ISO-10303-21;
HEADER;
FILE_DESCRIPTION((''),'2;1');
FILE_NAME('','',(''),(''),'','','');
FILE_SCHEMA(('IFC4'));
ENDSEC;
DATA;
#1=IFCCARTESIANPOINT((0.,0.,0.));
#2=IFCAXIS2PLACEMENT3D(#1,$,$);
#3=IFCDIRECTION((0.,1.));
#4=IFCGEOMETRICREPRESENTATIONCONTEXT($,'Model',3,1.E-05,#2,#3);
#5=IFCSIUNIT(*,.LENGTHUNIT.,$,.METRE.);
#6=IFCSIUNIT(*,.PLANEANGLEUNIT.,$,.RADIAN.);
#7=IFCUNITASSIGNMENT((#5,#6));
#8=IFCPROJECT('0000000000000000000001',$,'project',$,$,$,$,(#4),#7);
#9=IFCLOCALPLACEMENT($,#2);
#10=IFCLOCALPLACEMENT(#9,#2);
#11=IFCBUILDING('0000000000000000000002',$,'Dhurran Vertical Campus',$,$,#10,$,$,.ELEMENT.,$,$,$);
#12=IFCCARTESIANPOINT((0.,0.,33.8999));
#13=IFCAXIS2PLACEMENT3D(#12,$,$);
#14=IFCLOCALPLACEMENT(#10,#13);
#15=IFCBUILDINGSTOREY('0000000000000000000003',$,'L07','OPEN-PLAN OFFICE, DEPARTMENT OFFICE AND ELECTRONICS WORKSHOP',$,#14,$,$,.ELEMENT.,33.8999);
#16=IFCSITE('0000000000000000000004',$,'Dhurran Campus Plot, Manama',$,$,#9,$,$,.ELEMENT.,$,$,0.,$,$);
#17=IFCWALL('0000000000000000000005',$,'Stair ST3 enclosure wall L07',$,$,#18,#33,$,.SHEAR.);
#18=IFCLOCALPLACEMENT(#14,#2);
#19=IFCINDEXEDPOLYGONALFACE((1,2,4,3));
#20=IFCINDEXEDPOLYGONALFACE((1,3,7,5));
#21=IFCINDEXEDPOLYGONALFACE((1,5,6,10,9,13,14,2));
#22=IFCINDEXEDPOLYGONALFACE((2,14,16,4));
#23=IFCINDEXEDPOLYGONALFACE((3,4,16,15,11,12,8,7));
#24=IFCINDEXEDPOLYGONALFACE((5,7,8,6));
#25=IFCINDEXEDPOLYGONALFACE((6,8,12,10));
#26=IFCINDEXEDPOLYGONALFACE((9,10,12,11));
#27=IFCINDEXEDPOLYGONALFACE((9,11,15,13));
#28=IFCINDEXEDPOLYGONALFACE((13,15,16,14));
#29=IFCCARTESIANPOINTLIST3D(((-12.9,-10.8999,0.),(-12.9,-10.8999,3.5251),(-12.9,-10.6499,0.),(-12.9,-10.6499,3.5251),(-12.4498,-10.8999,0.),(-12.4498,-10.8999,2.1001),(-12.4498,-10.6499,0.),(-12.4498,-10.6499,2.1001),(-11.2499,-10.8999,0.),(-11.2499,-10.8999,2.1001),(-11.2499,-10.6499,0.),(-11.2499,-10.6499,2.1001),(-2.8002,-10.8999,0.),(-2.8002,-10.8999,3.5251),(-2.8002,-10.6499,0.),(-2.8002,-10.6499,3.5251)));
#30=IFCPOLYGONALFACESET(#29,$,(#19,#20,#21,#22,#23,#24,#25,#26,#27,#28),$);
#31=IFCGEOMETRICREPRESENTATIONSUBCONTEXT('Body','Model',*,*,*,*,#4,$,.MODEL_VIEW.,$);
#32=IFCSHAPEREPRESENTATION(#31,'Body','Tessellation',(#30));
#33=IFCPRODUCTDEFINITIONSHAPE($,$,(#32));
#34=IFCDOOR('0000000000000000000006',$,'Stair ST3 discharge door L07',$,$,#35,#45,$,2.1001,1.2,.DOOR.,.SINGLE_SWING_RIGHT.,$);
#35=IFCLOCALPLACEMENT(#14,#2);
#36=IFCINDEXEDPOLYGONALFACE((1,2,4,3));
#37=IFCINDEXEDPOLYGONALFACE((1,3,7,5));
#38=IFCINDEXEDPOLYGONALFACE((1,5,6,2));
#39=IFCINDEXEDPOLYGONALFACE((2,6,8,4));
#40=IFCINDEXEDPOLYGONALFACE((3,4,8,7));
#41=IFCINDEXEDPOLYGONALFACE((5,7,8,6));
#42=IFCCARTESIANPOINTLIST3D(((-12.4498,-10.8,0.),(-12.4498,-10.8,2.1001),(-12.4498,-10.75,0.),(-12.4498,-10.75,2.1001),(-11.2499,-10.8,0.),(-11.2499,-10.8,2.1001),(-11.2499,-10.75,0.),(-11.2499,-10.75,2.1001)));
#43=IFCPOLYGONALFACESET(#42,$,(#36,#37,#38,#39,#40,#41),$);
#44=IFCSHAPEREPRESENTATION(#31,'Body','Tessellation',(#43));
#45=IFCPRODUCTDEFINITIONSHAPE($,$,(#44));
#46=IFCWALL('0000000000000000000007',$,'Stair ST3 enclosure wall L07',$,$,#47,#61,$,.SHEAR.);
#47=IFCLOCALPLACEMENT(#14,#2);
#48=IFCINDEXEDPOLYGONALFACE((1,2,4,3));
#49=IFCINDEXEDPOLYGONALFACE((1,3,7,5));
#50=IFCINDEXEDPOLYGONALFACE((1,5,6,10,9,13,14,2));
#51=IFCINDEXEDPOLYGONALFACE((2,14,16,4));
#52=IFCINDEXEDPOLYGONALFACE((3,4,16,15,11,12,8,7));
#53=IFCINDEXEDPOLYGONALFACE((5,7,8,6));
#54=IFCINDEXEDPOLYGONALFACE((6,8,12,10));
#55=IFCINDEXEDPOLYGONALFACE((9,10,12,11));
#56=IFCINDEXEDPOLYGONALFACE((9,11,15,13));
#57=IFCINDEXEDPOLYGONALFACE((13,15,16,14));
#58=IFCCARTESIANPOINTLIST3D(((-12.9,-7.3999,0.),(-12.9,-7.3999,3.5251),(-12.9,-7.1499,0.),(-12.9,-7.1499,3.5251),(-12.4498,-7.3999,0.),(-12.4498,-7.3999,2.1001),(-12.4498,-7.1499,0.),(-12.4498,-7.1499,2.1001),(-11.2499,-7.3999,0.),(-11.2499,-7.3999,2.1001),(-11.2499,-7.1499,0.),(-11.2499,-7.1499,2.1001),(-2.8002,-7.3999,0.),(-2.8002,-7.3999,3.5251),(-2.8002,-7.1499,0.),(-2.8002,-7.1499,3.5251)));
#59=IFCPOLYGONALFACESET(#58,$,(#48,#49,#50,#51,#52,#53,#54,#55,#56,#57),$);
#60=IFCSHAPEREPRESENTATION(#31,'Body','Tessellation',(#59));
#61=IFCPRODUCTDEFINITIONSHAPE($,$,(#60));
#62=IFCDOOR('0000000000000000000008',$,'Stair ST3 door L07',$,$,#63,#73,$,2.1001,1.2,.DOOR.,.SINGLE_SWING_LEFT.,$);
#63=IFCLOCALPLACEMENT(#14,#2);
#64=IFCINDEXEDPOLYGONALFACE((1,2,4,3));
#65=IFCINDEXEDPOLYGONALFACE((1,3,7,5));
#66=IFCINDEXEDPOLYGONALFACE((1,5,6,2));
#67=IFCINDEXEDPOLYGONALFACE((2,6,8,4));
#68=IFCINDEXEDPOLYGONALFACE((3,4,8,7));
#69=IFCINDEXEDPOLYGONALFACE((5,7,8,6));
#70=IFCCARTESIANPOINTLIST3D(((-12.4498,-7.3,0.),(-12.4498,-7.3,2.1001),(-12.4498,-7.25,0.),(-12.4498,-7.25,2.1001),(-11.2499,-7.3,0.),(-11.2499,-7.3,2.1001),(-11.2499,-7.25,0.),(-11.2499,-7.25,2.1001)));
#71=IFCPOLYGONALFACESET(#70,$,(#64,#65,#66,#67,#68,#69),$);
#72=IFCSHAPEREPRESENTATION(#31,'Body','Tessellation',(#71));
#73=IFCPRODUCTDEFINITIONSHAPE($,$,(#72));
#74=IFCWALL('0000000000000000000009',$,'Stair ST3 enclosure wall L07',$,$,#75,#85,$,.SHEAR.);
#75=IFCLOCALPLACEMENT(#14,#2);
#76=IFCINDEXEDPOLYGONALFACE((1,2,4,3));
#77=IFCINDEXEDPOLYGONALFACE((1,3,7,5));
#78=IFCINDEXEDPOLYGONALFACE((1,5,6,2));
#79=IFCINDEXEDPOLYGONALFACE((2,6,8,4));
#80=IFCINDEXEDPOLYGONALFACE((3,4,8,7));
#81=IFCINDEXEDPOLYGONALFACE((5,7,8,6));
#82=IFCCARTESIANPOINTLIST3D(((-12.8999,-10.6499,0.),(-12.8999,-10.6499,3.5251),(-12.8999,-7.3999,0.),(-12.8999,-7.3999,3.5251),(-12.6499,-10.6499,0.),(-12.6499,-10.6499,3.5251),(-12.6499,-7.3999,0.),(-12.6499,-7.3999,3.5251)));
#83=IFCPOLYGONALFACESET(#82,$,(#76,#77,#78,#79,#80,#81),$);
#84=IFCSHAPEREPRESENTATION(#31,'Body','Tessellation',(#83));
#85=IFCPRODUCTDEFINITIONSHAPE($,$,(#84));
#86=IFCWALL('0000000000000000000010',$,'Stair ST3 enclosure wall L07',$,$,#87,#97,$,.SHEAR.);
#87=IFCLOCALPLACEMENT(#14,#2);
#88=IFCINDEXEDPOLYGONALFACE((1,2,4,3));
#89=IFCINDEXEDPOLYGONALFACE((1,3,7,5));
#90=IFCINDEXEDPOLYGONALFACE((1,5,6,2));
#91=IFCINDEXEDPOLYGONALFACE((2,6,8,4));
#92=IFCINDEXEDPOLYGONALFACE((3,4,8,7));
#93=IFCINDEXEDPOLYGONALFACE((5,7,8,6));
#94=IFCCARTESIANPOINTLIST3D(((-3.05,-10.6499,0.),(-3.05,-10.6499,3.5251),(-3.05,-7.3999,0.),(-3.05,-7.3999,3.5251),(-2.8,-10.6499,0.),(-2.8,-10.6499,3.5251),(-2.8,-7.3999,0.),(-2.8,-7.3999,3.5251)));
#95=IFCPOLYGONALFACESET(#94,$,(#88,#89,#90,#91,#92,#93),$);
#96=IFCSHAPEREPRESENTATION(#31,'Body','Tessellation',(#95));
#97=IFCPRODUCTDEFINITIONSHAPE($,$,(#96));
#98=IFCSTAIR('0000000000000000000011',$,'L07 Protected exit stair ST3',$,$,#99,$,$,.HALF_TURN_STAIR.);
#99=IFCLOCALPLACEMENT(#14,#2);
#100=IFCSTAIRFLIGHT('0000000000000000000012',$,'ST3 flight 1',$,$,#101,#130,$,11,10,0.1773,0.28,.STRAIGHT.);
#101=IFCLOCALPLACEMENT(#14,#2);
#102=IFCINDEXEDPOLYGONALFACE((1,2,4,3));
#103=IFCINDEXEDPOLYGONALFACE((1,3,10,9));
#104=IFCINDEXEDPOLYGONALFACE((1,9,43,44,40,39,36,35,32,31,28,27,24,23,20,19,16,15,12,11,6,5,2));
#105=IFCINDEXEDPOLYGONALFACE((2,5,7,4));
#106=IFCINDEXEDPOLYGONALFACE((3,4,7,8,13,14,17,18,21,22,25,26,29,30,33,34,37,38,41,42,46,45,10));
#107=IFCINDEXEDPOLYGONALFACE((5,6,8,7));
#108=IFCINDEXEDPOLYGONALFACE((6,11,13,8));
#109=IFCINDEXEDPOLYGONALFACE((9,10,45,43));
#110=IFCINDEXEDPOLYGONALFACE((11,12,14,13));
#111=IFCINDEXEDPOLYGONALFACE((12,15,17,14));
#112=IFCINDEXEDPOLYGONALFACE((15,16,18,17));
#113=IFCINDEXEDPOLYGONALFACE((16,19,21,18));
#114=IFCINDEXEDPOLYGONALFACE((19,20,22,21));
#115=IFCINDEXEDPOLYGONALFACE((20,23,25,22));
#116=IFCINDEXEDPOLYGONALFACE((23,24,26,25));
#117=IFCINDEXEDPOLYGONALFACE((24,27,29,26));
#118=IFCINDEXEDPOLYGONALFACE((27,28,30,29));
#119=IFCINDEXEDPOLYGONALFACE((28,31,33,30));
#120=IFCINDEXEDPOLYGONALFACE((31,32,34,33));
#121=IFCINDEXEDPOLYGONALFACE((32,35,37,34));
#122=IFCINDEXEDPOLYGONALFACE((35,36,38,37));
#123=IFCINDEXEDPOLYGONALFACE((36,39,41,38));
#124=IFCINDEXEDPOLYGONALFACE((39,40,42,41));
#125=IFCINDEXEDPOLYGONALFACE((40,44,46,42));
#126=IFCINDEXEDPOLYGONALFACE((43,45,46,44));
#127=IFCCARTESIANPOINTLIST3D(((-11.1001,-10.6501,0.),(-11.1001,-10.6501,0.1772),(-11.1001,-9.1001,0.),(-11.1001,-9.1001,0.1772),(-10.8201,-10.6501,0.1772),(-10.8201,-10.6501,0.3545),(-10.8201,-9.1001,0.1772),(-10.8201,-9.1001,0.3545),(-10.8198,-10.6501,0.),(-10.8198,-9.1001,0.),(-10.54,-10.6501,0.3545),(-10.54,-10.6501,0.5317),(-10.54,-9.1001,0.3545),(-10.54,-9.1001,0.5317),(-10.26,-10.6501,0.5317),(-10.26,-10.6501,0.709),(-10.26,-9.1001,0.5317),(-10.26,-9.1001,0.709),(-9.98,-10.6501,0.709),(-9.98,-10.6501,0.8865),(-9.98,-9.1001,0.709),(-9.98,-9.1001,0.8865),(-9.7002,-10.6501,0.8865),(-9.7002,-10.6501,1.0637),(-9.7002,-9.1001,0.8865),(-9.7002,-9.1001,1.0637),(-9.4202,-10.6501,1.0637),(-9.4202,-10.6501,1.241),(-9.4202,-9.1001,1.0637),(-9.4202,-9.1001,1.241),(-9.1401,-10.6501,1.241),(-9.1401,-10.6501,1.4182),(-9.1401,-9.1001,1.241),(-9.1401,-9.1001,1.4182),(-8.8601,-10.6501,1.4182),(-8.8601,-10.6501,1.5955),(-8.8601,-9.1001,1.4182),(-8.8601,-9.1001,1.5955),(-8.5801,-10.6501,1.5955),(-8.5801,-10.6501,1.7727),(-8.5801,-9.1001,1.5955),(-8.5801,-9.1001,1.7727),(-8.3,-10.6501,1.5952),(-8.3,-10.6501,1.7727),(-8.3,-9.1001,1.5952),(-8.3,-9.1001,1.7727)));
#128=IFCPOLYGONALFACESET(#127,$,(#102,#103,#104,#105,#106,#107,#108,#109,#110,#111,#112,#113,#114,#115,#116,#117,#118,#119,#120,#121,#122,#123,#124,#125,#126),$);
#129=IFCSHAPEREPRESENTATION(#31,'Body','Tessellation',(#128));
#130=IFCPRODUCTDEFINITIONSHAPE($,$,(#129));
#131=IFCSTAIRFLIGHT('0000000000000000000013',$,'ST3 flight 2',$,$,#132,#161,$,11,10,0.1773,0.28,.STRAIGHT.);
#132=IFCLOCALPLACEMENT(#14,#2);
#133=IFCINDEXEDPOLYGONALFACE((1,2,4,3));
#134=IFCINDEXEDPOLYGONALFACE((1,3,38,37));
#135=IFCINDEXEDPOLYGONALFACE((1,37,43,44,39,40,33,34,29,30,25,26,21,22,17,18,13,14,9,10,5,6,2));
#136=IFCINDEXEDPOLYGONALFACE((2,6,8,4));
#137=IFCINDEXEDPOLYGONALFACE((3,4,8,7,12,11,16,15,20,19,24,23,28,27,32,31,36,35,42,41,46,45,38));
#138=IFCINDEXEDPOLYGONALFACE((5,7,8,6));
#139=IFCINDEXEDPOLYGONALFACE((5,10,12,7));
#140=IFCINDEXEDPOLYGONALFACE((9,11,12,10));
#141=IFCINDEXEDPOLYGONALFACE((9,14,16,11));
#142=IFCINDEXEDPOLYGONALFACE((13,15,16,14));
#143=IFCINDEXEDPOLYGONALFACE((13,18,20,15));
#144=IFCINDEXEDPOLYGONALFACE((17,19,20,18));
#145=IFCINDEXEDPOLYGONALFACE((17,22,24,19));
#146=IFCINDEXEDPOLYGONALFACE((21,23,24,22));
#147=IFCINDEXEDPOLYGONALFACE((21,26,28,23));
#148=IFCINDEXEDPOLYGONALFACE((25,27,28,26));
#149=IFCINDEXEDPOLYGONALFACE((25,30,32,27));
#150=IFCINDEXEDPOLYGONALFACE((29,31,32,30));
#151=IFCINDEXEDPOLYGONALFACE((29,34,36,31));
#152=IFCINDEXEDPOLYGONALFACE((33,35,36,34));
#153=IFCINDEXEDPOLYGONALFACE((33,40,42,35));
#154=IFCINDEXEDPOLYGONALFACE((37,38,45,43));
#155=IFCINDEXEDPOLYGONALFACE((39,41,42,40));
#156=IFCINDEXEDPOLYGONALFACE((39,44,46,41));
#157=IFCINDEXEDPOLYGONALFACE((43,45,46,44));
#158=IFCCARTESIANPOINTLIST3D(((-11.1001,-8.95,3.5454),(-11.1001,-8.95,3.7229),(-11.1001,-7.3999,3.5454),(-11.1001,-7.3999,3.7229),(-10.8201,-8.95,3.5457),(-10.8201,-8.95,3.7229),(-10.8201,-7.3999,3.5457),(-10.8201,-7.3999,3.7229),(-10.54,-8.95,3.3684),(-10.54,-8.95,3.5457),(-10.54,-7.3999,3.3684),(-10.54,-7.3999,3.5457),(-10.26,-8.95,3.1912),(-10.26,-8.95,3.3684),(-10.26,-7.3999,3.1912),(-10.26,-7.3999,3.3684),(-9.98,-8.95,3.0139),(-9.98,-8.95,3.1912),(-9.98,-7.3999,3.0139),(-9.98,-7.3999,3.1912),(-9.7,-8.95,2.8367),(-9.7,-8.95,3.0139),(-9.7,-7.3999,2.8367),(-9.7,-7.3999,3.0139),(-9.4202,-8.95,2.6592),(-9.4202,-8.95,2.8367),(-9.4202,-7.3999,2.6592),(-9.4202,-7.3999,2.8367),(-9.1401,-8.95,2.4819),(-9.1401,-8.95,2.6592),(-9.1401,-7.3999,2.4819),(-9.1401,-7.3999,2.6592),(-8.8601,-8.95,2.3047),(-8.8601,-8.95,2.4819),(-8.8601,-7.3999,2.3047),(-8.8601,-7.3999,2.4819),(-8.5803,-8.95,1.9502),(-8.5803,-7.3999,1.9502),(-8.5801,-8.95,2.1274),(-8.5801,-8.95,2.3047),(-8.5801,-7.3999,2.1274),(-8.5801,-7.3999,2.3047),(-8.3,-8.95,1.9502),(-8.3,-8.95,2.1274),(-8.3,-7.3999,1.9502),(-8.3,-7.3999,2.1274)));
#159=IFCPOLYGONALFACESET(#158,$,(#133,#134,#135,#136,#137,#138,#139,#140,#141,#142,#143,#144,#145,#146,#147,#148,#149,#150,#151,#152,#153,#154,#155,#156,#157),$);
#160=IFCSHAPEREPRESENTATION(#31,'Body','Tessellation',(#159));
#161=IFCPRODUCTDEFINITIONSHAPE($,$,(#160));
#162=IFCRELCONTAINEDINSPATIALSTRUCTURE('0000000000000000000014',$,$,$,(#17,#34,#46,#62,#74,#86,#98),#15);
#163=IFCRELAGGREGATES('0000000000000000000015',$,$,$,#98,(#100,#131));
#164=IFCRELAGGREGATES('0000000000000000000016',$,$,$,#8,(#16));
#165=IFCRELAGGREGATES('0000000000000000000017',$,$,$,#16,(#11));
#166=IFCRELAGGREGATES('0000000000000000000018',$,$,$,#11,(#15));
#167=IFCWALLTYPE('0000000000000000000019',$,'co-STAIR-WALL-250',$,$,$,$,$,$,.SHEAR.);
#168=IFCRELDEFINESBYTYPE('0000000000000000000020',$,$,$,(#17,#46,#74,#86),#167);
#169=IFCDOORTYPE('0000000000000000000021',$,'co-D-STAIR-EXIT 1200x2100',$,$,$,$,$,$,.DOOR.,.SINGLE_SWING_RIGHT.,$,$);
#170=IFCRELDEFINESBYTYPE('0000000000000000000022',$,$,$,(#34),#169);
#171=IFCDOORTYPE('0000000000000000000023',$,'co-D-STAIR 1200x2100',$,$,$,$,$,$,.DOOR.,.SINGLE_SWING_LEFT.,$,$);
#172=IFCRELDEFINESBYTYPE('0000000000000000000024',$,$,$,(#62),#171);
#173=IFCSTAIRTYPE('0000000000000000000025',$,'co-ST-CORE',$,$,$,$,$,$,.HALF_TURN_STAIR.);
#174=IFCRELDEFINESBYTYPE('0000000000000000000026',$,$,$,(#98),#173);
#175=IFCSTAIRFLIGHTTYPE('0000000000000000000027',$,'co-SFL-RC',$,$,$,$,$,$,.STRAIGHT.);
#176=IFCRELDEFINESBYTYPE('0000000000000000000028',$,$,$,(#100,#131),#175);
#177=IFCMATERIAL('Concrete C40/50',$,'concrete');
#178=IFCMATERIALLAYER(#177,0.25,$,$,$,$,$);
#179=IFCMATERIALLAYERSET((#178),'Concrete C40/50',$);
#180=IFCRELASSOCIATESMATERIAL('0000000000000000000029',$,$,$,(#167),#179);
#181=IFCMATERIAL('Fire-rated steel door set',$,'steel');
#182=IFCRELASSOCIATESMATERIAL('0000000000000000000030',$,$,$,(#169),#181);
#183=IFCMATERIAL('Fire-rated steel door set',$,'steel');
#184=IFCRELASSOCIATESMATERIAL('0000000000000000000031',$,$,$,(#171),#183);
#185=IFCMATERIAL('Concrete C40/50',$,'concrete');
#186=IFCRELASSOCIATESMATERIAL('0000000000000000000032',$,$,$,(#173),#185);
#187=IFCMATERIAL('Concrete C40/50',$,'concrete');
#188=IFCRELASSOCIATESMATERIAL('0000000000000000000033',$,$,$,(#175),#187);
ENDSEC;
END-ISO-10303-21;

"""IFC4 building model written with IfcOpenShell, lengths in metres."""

from ifc_helpers import new_model, si_unit, direction, frame, frame_2d, origin, place, context, subcontext, project, spatial, polyline, rectangle, outline, extrude, material, layer, layer_set, type_object, element, fill, aggregate, save


model = new_model("IFC4")

# Units and contexts
model_context = context("Model", 3, precision=1e-05, world=origin(), true_north=direction((0.0, 1.0)))
body_context = subcontext(model_context, "Body", "Model", "MODEL_VIEW")
ifc_project = project(units=[si_unit("LENGTHUNIT", "METRE"), si_unit("PLANEANGLEUNIT", "RADIAN")], contexts=[model_context])

# Site, building, storey
site_placement = place(None, origin())
site = spatial("IfcSite", under=ifc_project, at=site_placement, Name="Dhurran Campus Plot, Manama", CompositionType="ELEMENT", RefElevation=0.0)
building_placement = place(site_placement, origin())
building = spatial("IfcBuilding", under=site, at=building_placement, Name="Dhurran Vertical Campus", CompositionType="ELEMENT")
storey_placement = place(building_placement, frame((0.0, 0.0, 33.8999)))
storey = spatial("IfcBuildingStorey", under=building, at=storey_placement, Name="L07", Description="OPEN-PLAN OFFICE, DEPARTMENT OFFICE AND ELECTRONICS WORKSHOP", CompositionType="ELEMENT", Elevation=33.8999)

# Walls, openings, doors
ifc_material_1 = material(Name="Concrete C40/50", Category="concrete")
ifc_layer_1 = layer(ifc_material_1, 0.25)
ifc_layer_set_1 = layer_set([ifc_layer_1], Name="Concrete C40/50")
wall_type_1 = type_object("IfcWallType", Name="co-STAIR-WALL-250", PredefinedType="SHEAR", material=ifc_layer_set_1)
wall_1_placement = place(storey_placement, frame((-12.8999, -10.7749, 0.0), z_axis=(0.0, 0.0, 1.0), x_axis=(1.0, 0.0, 0.0)))
wall_1 = element("IfcWall", 1, at=wall_1_placement, inside=storey, type_object=wall_type_1, Name="Stair ST3 enclosure wall L07", PredefinedType="SHEAR", context=body_context, shape_type="SweptSolid", body=[
    extrude(rectangle(XDim=10.0999, YDim=0.25, at=frame_2d((5.0498, 0.0))), origin(), (0.0, 0.0, 1.0), 3.5251),
])
opening_1_placement = place(wall_1_placement, frame((0.45, 0.0, 0.0)))
opening_1 = element("IfcOpeningElement", 2, at=opening_1_placement, cuts=wall_1, PredefinedType="OPENING", context=body_context, shape_type="SweptSolid", body=[
    extrude(rectangle(XDim=1.2, YDim=2.1001, at=frame_2d((0.6001, 1.05))), frame((0.0, 0.135, 0.0), z_axis=(0.0, -1.0, 0.0), x_axis=(1.0, 0.0, 0.0)), (0.0, 0.0, 1.0), 0.27),
])
ifc_material_2 = material(Name="Fire-rated steel door set", Category="steel")
door_type_1 = type_object("IfcDoorType", Name="co-D-STAIR-EXIT 1200x2100", OperationType="SINGLE_SWING_RIGHT", PredefinedType="DOOR", material=ifc_material_2)
door_1_placement = place(opening_1_placement, origin())
door_1 = element("IfcDoor", 3, at=door_1_placement, inside=storey, type_object=door_type_1, Name="Stair ST3 discharge door L07", OperationType="SINGLE_SWING_RIGHT", OverallHeight=2.1001, OverallWidth=1.2, PredefinedType="DOOR", context=body_context, shape_type="SweptSolid", body=[
    extrude(rectangle(XDim=1.2, YDim=2.1001, at=frame_2d((0.6001, 1.05))), frame((0.0, 0.0249, 0.0), z_axis=(0.0, -1.0, 0.0), x_axis=(1.0, 0.0, 0.0)), (0.0, 0.0, 1.0), 0.05),
])
fill(opening_1, door_1)
wall_2_placement = place(storey_placement, frame((-12.8999, -7.2749, 0.0), z_axis=(0.0, 0.0, 1.0), x_axis=(1.0, 0.0, 0.0)))
wall_2 = element("IfcWall", 4, at=wall_2_placement, inside=storey, type_object=wall_type_1, Name="Stair ST3 enclosure wall L07", PredefinedType="SHEAR", context=body_context, shape_type="SweptSolid", body=[
    extrude(rectangle(XDim=10.0999, YDim=0.25, at=frame_2d((5.0498, 0.0))), origin(), (0.0, 0.0, 1.0), 3.5251),
])
opening_2_placement = place(wall_2_placement, frame((0.45, 0.0, 0.0)))
opening_2 = element("IfcOpeningElement", 5, at=opening_2_placement, cuts=wall_2, PredefinedType="OPENING", context=body_context, shape_type="SweptSolid", body=[
    extrude(rectangle(XDim=1.2, YDim=2.1001, at=frame_2d((0.6001, 1.05))), frame((0.0, 0.135, 0.0), z_axis=(0.0, -1.0, 0.0), x_axis=(1.0, 0.0, 0.0)), (0.0, 0.0, 1.0), 0.27),
])
ifc_material_3 = material(Name="Fire-rated steel door set", Category="steel")
door_type_2 = type_object("IfcDoorType", Name="co-D-STAIR 1200x2100", OperationType="SINGLE_SWING_LEFT", PredefinedType="DOOR", material=ifc_material_3)
door_2_placement = place(opening_2_placement, origin())
door_2 = element("IfcDoor", 6, at=door_2_placement, inside=storey, type_object=door_type_2, Name="Stair ST3 door L07", OperationType="SINGLE_SWING_LEFT", OverallHeight=2.1001, OverallWidth=1.2, PredefinedType="DOOR", context=body_context, shape_type="SweptSolid", body=[
    extrude(rectangle(XDim=1.2, YDim=2.1001, at=frame_2d((0.6001, 1.05))), frame((0.0, 0.0249, 0.0), z_axis=(0.0, -1.0, 0.0), x_axis=(1.0, 0.0, 0.0)), (0.0, 0.0, 1.0), 0.05),
])
fill(opening_2, door_2)

# Walls
for number, where, z_axis, x_axis, name in (
    (7, (-12.7749, -10.6499, 0.0), (0.0, 0.0, 1.0), (0.0, 1.0, 0.0), "Stair ST3 enclosure wall L07"),
    (8, (-2.925, -10.6499, 0.0), (0.0, 0.0, 1.0), (0.0, 1.0, 0.0), "Stair ST3 enclosure wall L07"),
):
    element("IfcWall", number, at=place(storey_placement, frame(where, z_axis=z_axis, x_axis=x_axis)), inside=storey, type_object=wall_type_1, Name=name, PredefinedType="SHEAR", context=body_context, shape_type="SweptSolid", body=[
        extrude(rectangle(XDim=3.25, YDim=0.25, at=frame_2d((1.625, 0.0))), origin(), (0.0, 0.0, 1.0), 3.5251),
    ])

# Stair, stair flights
ifc_material_4 = material(Name="Concrete C40/50", Category="concrete")
stair_type = type_object("IfcStairType", Name="co-ST-CORE", PredefinedType="HALF_TURN_STAIR", material=ifc_material_4)
stair_placement = place(storey_placement, origin())
stair = element("IfcStair", 9, at=stair_placement, inside=storey, type_object=stair_type, Name="L07 Protected exit stair ST3", PredefinedType="HALF_TURN_STAIR")
ifc_material_5 = material(Name="Concrete C40/50", Category="concrete")
stair_flight_type = type_object("IfcStairFlightType", Name="co-SFL-RC", PredefinedType="STRAIGHT", material=ifc_material_5)
stair_flight_1_placement = place(storey_placement, frame((-11.1001, -9.875, 0.0), z_axis=(0.0, 0.0, 1.0), x_axis=(1.0, 0.0, 0.0)))
stair_flight_1 = element("IfcStairFlight", 10, at=stair_flight_1_placement, type_object=stair_flight_type, Name="ST3 flight 1", NumberOfRisers=11, NumberOfTreads=10, PredefinedType="STRAIGHT", RiserHeight=0.1773, TreadLength=0.28, context=body_context, shape_type="SweptSolid", body=[
    extrude(outline(polyline([(0.0, 0.0), (0.0, 0.1772), (0.28, 0.1772), (0.28, 0.3545), (0.5601, 0.3545), (0.5601, 0.5317), (0.8401, 0.5317), (0.8401, 0.709), (1.1201, 0.709), (1.1201, 0.8865), (1.3999, 0.8865), (1.3999, 1.0637), (1.6799, 1.0637), (1.6799, 1.241), (1.96, 1.241), (1.96, 1.4182), (2.24, 1.4182), (2.24, 1.5955), (2.52, 1.5955), (2.52, 1.7727), (2.8, 1.7727), (2.8, 1.95), (2.8, 1.5952), (0.2803, 0.0), (0.0, 0.0)])), frame((0.0, 0.7749, 0.0), z_axis=(0.0, -1.0, 0.0), x_axis=(1.0, 0.0, 0.0)), (0.0, 0.0, 1.0), 1.55),
])
stair_flight_2_placement = place(storey_placement, frame((-8.3, -8.175, 1.9502), z_axis=(0.0, 0.0, 1.0), x_axis=(-1.0, 0.0, 0.0)))
stair_flight_2 = element("IfcStairFlight", 11, at=stair_flight_2_placement, type_object=stair_flight_type, Name="ST3 flight 2", NumberOfRisers=11, NumberOfTreads=10, PredefinedType="STRAIGHT", RiserHeight=0.1773, TreadLength=0.28, context=body_context, shape_type="SweptSolid", body=[
    extrude(outline(polyline([(0.0, 0.0), (0.0, 0.1772), (0.28, 0.1772), (0.28, 0.3545), (0.5601, 0.3545), (0.5601, 0.5317), (0.8401, 0.5317), (0.8401, 0.709), (1.1201, 0.709), (1.1201, 0.8865), (1.3999, 0.8865), (1.3999, 1.0637), (1.6799, 1.0637), (1.6799, 1.241), (1.96, 1.241), (1.96, 1.4182), (2.24, 1.4182), (2.24, 1.5955), (2.52, 1.5955), (2.52, 1.7727), (2.8, 1.7727), (2.8, 1.95), (2.8, 1.5952), (0.2803, 0.0), (0.0, 0.0)])), frame((0.0, 0.7749, 0.0), z_axis=(0.0, -1.0, 0.0), x_axis=(1.0, 0.0, 0.0)), (0.0, 0.0, 1.0), 1.55),
])
aggregate(stair, [stair_flight_1, stair_flight_2])

save(model, "model.ifc")
